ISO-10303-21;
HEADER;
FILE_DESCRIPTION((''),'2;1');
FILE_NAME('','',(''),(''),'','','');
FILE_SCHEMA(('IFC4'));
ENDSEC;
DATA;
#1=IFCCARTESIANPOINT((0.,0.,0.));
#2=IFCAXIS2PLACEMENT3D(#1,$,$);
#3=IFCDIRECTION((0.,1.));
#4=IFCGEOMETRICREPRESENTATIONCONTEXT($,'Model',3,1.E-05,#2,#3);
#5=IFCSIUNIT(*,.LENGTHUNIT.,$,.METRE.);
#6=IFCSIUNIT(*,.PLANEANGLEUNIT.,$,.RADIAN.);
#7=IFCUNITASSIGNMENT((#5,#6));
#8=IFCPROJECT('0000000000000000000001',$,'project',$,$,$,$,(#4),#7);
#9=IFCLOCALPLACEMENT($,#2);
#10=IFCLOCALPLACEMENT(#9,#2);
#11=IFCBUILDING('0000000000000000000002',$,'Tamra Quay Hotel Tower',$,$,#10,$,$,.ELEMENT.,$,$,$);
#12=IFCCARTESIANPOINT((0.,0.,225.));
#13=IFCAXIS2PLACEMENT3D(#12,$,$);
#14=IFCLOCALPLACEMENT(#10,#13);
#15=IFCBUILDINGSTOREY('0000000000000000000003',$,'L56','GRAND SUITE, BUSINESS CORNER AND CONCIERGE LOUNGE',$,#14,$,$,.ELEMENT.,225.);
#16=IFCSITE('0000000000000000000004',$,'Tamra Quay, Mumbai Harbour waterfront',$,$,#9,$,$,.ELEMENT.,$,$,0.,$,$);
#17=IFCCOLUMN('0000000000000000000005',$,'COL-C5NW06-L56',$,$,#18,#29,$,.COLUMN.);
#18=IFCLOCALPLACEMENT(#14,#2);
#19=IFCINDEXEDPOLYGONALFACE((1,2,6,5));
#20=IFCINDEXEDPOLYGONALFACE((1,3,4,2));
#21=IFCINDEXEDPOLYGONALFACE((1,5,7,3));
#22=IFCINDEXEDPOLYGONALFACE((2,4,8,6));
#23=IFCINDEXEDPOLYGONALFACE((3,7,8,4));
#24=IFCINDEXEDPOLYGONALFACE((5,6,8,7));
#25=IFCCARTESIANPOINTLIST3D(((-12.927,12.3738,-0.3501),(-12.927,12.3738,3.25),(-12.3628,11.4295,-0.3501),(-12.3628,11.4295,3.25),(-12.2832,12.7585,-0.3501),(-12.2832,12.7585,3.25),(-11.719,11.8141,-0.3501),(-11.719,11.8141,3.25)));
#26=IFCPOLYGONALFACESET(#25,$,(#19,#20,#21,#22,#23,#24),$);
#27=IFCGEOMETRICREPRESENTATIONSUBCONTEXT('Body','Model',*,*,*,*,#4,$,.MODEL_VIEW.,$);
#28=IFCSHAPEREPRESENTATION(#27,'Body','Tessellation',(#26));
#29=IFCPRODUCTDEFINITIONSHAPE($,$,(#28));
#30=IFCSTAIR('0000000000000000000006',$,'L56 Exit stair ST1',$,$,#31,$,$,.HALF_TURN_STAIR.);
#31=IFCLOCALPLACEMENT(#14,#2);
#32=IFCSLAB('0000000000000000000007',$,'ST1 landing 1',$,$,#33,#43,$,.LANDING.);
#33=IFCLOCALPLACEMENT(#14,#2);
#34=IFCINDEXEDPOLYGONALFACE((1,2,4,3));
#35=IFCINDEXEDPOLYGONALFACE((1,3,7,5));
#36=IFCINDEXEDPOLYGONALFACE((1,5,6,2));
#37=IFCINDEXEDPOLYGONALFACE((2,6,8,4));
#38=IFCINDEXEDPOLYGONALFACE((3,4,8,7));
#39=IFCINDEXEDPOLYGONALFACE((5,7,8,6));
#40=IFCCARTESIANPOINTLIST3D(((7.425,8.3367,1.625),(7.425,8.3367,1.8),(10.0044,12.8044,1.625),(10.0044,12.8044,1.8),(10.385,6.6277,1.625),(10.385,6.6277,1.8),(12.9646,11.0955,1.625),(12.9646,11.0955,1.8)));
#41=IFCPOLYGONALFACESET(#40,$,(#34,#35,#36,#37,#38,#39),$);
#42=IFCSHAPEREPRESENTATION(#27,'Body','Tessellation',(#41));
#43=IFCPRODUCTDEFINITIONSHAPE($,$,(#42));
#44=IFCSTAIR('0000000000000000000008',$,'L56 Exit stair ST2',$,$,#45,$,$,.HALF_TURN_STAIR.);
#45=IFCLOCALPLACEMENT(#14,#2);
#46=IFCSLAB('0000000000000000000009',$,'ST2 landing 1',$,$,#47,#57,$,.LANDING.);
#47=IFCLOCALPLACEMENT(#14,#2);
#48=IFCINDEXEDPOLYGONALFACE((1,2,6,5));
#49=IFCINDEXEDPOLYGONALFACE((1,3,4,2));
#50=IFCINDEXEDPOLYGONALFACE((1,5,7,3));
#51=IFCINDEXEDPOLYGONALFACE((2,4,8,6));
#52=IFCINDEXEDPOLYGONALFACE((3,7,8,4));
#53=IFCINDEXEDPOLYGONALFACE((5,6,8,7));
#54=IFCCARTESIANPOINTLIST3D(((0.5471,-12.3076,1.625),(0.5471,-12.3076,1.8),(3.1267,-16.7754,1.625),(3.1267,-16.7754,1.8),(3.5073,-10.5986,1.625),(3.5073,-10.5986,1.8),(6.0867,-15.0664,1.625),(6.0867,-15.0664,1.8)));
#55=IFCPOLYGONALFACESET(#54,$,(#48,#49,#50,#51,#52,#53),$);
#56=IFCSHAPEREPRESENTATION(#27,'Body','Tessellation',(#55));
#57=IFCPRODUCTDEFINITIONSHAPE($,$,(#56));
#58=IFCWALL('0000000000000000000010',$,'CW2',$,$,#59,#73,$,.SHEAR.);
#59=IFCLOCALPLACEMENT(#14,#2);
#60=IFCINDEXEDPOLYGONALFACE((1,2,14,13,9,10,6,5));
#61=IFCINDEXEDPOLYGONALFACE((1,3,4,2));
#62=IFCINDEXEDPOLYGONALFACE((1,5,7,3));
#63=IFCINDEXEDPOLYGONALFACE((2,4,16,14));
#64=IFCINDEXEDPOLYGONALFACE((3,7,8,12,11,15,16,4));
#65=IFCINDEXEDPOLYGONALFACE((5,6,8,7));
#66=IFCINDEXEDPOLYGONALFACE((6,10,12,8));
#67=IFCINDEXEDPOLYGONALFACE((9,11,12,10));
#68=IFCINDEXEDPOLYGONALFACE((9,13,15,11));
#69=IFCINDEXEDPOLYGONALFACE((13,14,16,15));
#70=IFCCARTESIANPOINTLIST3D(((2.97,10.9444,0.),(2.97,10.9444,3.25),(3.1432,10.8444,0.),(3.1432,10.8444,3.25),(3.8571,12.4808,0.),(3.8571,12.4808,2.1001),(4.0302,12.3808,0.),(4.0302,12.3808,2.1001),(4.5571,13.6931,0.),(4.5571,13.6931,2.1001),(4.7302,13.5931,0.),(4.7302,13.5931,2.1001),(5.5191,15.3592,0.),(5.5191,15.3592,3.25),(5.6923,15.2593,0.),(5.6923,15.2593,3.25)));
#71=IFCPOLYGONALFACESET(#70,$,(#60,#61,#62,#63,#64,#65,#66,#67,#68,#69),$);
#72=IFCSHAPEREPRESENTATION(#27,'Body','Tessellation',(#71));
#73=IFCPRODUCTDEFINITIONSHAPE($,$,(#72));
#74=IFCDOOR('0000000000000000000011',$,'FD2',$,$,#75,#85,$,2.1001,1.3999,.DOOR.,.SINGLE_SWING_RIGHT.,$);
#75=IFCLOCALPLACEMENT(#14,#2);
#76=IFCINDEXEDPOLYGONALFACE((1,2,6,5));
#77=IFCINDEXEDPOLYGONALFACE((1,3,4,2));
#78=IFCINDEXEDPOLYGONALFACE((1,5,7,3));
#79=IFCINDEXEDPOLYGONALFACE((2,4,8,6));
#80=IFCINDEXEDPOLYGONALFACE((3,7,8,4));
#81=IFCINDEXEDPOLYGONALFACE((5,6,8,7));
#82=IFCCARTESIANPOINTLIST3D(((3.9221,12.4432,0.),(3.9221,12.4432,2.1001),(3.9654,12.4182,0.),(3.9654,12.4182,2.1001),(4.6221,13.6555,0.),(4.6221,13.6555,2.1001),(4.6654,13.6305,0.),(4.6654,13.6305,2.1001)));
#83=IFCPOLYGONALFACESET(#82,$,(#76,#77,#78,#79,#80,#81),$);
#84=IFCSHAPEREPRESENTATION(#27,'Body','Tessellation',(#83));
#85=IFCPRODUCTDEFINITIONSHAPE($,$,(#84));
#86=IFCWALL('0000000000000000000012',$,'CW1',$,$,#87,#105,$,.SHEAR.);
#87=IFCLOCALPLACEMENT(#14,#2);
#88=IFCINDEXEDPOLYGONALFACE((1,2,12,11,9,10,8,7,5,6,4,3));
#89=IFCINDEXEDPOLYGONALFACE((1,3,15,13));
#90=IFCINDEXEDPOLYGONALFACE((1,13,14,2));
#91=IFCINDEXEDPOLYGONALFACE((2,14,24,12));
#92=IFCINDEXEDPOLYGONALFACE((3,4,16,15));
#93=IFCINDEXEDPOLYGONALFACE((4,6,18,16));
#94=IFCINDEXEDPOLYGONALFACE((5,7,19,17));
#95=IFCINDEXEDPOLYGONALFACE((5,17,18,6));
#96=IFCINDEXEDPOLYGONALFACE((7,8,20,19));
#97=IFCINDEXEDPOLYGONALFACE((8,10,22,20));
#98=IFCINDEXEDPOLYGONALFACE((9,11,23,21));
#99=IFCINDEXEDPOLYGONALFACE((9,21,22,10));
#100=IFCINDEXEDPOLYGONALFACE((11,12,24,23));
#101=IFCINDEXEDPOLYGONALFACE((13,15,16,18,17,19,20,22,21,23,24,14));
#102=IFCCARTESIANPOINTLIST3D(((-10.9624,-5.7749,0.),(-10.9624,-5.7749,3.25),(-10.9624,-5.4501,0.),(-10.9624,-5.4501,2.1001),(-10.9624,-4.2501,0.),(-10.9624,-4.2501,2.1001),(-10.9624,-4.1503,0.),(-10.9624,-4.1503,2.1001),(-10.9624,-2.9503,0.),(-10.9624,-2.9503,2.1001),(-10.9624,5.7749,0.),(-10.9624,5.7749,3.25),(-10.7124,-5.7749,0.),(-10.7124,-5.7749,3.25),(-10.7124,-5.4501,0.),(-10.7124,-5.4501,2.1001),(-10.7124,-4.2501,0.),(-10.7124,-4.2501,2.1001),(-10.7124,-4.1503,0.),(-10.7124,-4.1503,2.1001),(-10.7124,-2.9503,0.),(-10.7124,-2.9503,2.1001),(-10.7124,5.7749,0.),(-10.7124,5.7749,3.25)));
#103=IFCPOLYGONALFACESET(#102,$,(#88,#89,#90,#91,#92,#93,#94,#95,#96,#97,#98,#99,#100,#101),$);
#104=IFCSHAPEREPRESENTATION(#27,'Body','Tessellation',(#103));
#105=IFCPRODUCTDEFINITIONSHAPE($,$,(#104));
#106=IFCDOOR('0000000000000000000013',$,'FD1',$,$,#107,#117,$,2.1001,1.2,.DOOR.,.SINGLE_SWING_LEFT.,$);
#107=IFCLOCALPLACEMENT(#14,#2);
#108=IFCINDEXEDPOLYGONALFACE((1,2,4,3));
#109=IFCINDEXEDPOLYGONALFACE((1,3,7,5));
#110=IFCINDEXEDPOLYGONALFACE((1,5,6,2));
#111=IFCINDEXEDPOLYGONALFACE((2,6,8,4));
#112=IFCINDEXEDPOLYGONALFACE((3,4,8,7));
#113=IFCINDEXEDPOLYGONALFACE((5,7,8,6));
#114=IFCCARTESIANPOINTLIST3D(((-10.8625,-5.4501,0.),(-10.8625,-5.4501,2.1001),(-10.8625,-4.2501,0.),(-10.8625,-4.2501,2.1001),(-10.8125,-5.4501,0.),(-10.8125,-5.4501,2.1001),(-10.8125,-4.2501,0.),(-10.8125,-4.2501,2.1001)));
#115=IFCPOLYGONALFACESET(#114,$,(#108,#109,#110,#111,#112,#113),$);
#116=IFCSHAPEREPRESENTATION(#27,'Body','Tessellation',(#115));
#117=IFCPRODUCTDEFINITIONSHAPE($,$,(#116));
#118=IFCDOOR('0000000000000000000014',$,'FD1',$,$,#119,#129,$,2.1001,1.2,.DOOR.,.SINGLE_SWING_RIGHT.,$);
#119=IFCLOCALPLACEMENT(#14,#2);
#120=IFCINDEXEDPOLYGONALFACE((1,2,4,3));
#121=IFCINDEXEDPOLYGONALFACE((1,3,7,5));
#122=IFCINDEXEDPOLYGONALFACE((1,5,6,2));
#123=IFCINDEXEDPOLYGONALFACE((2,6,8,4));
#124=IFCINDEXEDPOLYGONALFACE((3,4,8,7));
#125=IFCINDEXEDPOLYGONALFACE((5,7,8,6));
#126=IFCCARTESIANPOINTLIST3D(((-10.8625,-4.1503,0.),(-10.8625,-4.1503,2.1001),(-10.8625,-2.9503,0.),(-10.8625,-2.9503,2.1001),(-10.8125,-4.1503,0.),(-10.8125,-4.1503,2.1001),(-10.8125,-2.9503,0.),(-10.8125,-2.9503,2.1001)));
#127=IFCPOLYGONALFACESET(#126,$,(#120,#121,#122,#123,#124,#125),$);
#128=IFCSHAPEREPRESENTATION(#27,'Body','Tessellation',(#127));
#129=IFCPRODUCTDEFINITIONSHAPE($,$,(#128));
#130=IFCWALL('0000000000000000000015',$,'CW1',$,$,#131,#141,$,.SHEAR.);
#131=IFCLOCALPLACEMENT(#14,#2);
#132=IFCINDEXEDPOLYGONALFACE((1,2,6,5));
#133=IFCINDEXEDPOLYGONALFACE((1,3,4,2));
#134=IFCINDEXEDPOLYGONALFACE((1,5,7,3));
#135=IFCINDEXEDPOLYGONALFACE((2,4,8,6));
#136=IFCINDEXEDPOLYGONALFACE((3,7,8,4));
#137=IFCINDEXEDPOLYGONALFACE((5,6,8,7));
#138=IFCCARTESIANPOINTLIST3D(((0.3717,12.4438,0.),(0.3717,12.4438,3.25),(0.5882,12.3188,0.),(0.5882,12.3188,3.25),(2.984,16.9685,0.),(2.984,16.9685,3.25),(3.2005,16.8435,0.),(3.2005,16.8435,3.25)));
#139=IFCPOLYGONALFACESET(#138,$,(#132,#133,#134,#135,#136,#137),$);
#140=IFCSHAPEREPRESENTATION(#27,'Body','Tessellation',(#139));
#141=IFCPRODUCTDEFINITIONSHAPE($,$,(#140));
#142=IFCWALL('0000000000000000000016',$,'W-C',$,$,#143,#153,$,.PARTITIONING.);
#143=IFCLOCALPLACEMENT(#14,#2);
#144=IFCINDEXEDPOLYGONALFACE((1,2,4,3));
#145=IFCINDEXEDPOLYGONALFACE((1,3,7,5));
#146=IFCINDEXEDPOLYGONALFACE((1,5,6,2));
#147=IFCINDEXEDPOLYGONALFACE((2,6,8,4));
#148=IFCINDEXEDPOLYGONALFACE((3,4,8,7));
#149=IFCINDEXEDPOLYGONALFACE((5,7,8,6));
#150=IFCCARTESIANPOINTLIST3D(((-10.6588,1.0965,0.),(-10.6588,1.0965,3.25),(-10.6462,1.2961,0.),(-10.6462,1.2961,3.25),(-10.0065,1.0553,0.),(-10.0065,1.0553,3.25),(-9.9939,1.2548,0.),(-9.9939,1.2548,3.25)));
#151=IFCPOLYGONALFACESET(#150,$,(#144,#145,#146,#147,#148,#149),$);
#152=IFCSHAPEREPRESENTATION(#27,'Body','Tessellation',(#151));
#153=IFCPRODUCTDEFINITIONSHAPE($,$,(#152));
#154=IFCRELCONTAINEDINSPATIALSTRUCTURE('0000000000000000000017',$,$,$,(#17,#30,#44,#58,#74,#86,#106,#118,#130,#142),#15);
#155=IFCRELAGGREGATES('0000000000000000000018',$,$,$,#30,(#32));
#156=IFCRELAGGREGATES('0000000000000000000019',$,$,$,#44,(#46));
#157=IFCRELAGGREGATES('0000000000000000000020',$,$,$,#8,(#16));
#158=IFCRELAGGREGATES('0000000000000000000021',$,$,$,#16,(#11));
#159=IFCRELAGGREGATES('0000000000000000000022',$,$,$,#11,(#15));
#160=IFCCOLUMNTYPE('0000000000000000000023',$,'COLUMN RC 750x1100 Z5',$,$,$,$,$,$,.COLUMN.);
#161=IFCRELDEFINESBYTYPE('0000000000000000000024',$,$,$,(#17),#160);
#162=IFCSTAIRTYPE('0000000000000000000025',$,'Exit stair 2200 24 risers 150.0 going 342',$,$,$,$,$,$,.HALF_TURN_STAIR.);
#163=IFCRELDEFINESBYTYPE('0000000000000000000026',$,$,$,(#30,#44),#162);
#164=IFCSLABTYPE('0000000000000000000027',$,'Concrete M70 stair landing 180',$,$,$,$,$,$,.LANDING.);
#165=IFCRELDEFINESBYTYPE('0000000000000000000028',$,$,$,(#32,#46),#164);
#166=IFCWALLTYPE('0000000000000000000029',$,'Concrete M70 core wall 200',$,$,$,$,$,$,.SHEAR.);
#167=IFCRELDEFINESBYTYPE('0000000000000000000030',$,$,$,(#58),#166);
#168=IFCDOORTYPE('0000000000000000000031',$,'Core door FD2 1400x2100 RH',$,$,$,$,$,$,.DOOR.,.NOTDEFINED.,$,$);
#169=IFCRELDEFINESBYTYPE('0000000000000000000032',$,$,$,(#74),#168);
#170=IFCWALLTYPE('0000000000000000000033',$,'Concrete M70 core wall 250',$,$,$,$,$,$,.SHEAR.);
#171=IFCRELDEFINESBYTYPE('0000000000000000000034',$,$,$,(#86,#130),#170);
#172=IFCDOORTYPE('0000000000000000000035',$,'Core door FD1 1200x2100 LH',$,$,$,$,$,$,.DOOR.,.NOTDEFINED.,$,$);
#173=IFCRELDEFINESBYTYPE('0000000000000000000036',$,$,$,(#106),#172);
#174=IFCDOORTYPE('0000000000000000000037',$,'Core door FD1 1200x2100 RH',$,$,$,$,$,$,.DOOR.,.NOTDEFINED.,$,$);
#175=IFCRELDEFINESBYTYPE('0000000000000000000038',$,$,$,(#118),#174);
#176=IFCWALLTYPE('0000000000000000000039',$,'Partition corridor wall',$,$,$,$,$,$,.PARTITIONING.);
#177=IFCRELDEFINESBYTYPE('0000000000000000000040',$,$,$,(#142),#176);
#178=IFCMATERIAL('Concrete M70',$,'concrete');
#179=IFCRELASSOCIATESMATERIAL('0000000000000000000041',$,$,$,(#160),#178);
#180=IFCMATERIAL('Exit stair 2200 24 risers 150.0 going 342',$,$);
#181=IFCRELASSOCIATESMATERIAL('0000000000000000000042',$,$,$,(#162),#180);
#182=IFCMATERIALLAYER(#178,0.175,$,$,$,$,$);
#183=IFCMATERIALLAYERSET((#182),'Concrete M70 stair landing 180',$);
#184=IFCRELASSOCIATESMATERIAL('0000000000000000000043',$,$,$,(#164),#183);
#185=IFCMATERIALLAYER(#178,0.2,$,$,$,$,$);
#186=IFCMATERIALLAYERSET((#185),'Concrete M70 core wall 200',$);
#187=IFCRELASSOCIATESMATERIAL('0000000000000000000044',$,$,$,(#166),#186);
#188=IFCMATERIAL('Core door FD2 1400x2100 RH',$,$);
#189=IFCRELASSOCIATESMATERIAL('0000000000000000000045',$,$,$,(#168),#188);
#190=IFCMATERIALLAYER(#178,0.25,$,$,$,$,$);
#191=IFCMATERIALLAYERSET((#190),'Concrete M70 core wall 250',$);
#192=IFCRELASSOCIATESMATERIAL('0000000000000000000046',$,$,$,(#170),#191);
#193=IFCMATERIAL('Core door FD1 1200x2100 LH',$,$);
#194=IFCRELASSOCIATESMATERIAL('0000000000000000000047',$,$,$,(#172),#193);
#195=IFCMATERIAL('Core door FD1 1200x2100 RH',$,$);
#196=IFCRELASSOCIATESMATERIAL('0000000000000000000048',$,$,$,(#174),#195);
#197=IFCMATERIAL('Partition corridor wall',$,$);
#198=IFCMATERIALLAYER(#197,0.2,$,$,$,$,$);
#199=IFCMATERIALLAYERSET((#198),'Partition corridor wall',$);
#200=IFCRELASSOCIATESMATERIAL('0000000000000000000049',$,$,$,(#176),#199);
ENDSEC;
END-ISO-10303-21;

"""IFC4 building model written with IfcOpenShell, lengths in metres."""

from ifc_helpers import new_model, si_unit, direction, frame, frame_2d, origin, origin_2d, place, context, subcontext, project, spatial, polyline, rectangle, outline, extrude, material, layer, layer_set, material_profile, profile_set, type_object, element, fill, aggregate, save


model = new_model("IFC4")

# Units and contexts
model_context = context("Model", 3, precision=1e-05, world=origin(), true_north=direction((0.0, 1.0)))
body_context = subcontext(model_context, "Body", "Model", "MODEL_VIEW")
ifc_project = project(units=[si_unit("LENGTHUNIT", "METRE"), si_unit("PLANEANGLEUNIT", "RADIAN")], contexts=[model_context])

# Site, building, storey
site_placement = place(None, origin())
site = spatial("IfcSite", under=ifc_project, at=site_placement, Name="Tamra Quay, Mumbai Harbour waterfront", CompositionType="ELEMENT", RefElevation=0.0)
building_placement = place(site_placement, origin())
building = spatial("IfcBuilding", under=site, at=building_placement, Name="Tamra Quay Hotel Tower", CompositionType="ELEMENT")
storey_placement = place(building_placement, frame((0.0, 0.0, 225.0)))
storey = spatial("IfcBuildingStorey", under=building, at=storey_placement, Name="L56", Description="GRAND SUITE, BUSINESS CORNER AND CONCIERGE LOUNGE", CompositionType="ELEMENT", Elevation=225.0)

# Column
ifc_material_1 = material(Name="Concrete M70", Category="concrete")
ifc_material_profile = material_profile(ifc_material_1, rectangle(XDim=1.1001, YDim=0.75, at=origin_2d()), Name="COLUMN RC 750x1100 Z5")
ifc_profile_set = profile_set([ifc_material_profile], Name="Concrete M70")
column_type = type_object("IfcColumnType", Name="COLUMN RC 750x1100 Z5", PredefinedType="COLUMN", material=ifc_profile_set)
column_placement = place(storey_placement, frame((-12.323, 12.094, -0.3501), z_axis=(0.0, 0.0, 1.0), x_axis=(-0.512899, 0.858449, 0.0)))
element("IfcColumn", 1, at=column_placement, inside=storey, type_object=column_type, Name="COL-C5NW06-L56", PredefinedType="COLUMN", context=body_context, shape_type="SweptSolid", body=[
    extrude(rectangle(XDim=1.1001, YDim=0.75, at=origin_2d()), origin(), (0.0, 0.0, 1.0), 3.6001),
])

# Stairs, slabs
ifc_material_2 = material(Name="Exit stair 2200 24 risers 150.0 going 342")
stair_type = type_object("IfcStairType", Name="Exit stair 2200 24 risers 150.0 going 342", PredefinedType="HALF_TURN_STAIR", material=ifc_material_2)
stair_1_placement = place(storey_placement, origin())
stair_1 = element("IfcStair", 2, at=stair_1_placement, inside=storey, type_object=stair_type, Name="L56 Exit stair ST1", PredefinedType="HALF_TURN_STAIR")
ifc_layer_1 = layer(ifc_material_1, 0.175)
ifc_layer_set_1 = layer_set([ifc_layer_1], Name="Concrete M70 stair landing 180")
slab_type = type_object("IfcSlabType", Name="Concrete M70 stair landing 180", PredefinedType="LANDING", material=ifc_layer_set_1)
slab_1_placement = place(storey_placement, frame((0.0, 0.0, 1.625)))
slab_1 = element("IfcSlab", 3, at=slab_1_placement, type_object=slab_type, Name="ST1 landing 1", PredefinedType="LANDING", context=body_context, shape_type="SweptSolid", body=[
    extrude(outline(polyline([(7.425, 8.3367), (10.385, 6.6277), (12.9646, 11.0955), (10.0044, 12.8044), (7.425, 8.3367)])), origin(), (0.0, 0.0, 1.0), 0.175),
])
aggregate(stair_1, [slab_1])
stair_2_placement = place(storey_placement, origin())
stair_2 = element("IfcStair", 4, at=stair_2_placement, inside=storey, type_object=stair_type, Name="L56 Exit stair ST2", PredefinedType="HALF_TURN_STAIR")
slab_2_placement = place(storey_placement, frame((0.0, 0.0, 1.625)))
slab_2 = element("IfcSlab", 5, at=slab_2_placement, type_object=slab_type, Name="ST2 landing 1", PredefinedType="LANDING", context=body_context, shape_type="SweptSolid", body=[
    extrude(outline(polyline([(3.5073, -10.5986), (0.5471, -12.3076), (3.1267, -16.7754), (6.0867, -15.0664), (3.5073, -10.5986)])), origin(), (0.0, 0.0, 1.0), 0.175),
])
aggregate(stair_2, [slab_2])

# Wall, opening, door
ifc_layer_2 = layer(ifc_material_1, 0.2)
ifc_layer_set_2 = layer_set([ifc_layer_2], Name="Concrete M70 core wall 200")
wall_type_1 = type_object("IfcWallType", Name="Concrete M70 core wall 200", PredefinedType="SHEAR", material=ifc_layer_set_2)
wall_1_placement = place(storey_placement, frame((3.0566, 10.8945, 0.0), z_axis=(0.0, 0.0, 1.0), x_axis=(0.500028, 0.866009, 0.0)))
wall_1 = element("IfcWall", 6, at=wall_1_placement, inside=storey, type_object=wall_type_1, Name="CW2", PredefinedType="SHEAR", context=body_context, shape_type="SweptSolid", body=[
    extrude(rectangle(XDim=5.0979, YDim=0.2, at=frame_2d((2.5488, 0.0))), origin(), (0.0, 0.0, 1.0), 3.25),
])
opening_1_placement = place(wall_1_placement, frame((1.7739, 0.0, 0.0)))
opening_1 = element("IfcOpeningElement", 7, at=opening_1_placement, cuts=wall_1, PredefinedType="OPENING", context=body_context, shape_type="SweptSolid", body=[
    extrude(rectangle(XDim=1.3999, YDim=2.1001, at=frame_2d((0.7, 1.05))), frame((0.0, 0.1099, 0.0), z_axis=(0.0, -1.0, 0.0), x_axis=(1.0, 0.0, 0.0)), (0.0, 0.0, 1.0), 0.22),
])
ifc_material_3 = material(Name="Core door FD2 1400x2100 RH")
door_type_1 = type_object("IfcDoorType", Name="Core door FD2 1400x2100 RH", OperationType="NOTDEFINED", PredefinedType="DOOR", material=ifc_material_3)
door_1_placement = place(opening_1_placement, origin())
door_1 = element("IfcDoor", 8, at=door_1_placement, inside=storey, type_object=door_type_1, Name="FD2", OperationType="SINGLE_SWING_RIGHT", OverallHeight=2.1001, OverallWidth=1.3999, PredefinedType="DOOR", context=body_context, shape_type="SweptSolid", body=[
    extrude(rectangle(XDim=1.3999, YDim=2.1001, at=frame_2d((0.7, 1.05))), frame((0.0, 0.0249, 0.0), z_axis=(0.0, -1.0, 0.0), x_axis=(1.0, 0.0, 0.0)), (0.0, 0.0, 1.0), 0.05),
])
fill(opening_1, door_1)

# Wall, openings, doors
ifc_layer_3 = layer(ifc_material_1, 0.25)
ifc_layer_set_3 = layer_set([ifc_layer_3], Name="Concrete M70 core wall 250")
wall_type_2 = type_object("IfcWallType", Name="Concrete M70 core wall 250", PredefinedType="SHEAR", material=ifc_layer_set_3)
wall_2_placement = place(storey_placement, frame((-10.8374, 5.7749, 0.0), z_axis=(0.0, 0.0, 1.0), x_axis=(0.0, -1.0, 0.0)))
wall_2 = element("IfcWall", 9, at=wall_2_placement, inside=storey, type_object=wall_type_2, Name="CW1", PredefinedType="SHEAR", context=body_context, shape_type="SweptSolid", body=[
    extrude(rectangle(XDim=11.5498, YDim=0.25, at=frame_2d((5.7749, 0.0))), origin(), (0.0, 0.0, 1.0), 3.25),
])
opening_2_placement = place(wall_2_placement, frame((10.0249, 0.0, 0.0)))
opening_2 = element("IfcOpeningElement", 10, at=opening_2_placement, cuts=wall_2, PredefinedType="OPENING", context=body_context, shape_type="SweptSolid", body=[
    extrude(rectangle(XDim=1.2, YDim=2.1001, at=frame_2d((0.6001, 1.05))), frame((0.0, 0.135, 0.0), z_axis=(0.0, -1.0, 0.0), x_axis=(1.0, 0.0, 0.0)), (0.0, 0.0, 1.0), 0.27),
])
opening_3_placement = place(wall_2_placement, frame((8.7251, 0.0, 0.0)))
opening_3 = element("IfcOpeningElement", 11, at=opening_3_placement, cuts=wall_2, PredefinedType="OPENING", context=body_context, shape_type="SweptSolid", body=[
    extrude(rectangle(XDim=1.2, YDim=2.1001, at=frame_2d((0.6001, 1.05))), frame((0.0, 0.135, 0.0), z_axis=(0.0, -1.0, 0.0), x_axis=(1.0, 0.0, 0.0)), (0.0, 0.0, 1.0), 0.27),
])
ifc_material_4 = material(Name="Core door FD1 1200x2100 LH")
door_type_2 = type_object("IfcDoorType", Name="Core door FD1 1200x2100 LH", OperationType="NOTDEFINED", PredefinedType="DOOR", material=ifc_material_4)
door_2_placement = place(opening_2_placement, origin())
door_2 = element("IfcDoor", 12, at=door_2_placement, inside=storey, type_object=door_type_2, Name="FD1", OperationType="SINGLE_SWING_LEFT", OverallHeight=2.1001, OverallWidth=1.2, PredefinedType="DOOR", context=body_context, shape_type="SweptSolid", body=[
    extrude(rectangle(XDim=1.2, YDim=2.1001, at=frame_2d((0.6001, 1.05))), frame((0.0, 0.0249, 0.0), z_axis=(0.0, -1.0, 0.0), x_axis=(1.0, 0.0, 0.0)), (0.0, 0.0, 1.0), 0.05),
])
fill(opening_2, door_2)
ifc_material_5 = material(Name="Core door FD1 1200x2100 RH")
door_type_3 = type_object("IfcDoorType", Name="Core door FD1 1200x2100 RH", OperationType="NOTDEFINED", PredefinedType="DOOR", material=ifc_material_5)
door_3_placement = place(opening_3_placement, origin())
door_3 = element("IfcDoor", 13, at=door_3_placement, inside=storey, type_object=door_type_3, Name="FD1", OperationType="SINGLE_SWING_RIGHT", OverallHeight=2.1001, OverallWidth=1.2, PredefinedType="DOOR", context=body_context, shape_type="SweptSolid", body=[
    extrude(rectangle(XDim=1.2, YDim=2.1001, at=frame_2d((0.6001, 1.05))), frame((0.0, 0.0249, 0.0), z_axis=(0.0, -1.0, 0.0), x_axis=(1.0, 0.0, 0.0)), (0.0, 0.0, 1.0), 0.05),
])
fill(opening_3, door_3)

# Walls
wall_3_placement = place(storey_placement, frame((0.48, 12.3813, 0.0), z_axis=(0.0, 0.0, 1.0), x_axis=(0.499999, 0.866026, 0.0)))
element("IfcWall", 14, at=wall_3_placement, inside=storey, type_object=wall_type_2, Name="CW1", PredefinedType="SHEAR", context=body_context, shape_type="SweptSolid", body=[
    extrude(rectangle(XDim=5.2246, YDim=0.25, at=frame_2d((2.6123, 0.0))), origin(), (0.0, 0.0, 1.0), 3.25),
])
ifc_material_6 = material(Name="Partition corridor wall")
ifc_layer_4 = layer(ifc_material_6, 0.2)
ifc_layer_set_4 = layer_set([ifc_layer_4], Name="Partition corridor wall")
wall_type_3 = type_object("IfcWallType", Name="Partition corridor wall", PredefinedType="PARTITIONING", material=ifc_layer_set_4)
wall_4_placement = place(storey_placement, frame((-10.6523, 1.1963, 0.0), z_axis=(0.0, 0.0, 1.0), x_axis=(0.998006, -0.063122, 0.0)))
element("IfcWall", 15, at=wall_4_placement, inside=storey, type_object=wall_type_3, Name="W-C", PredefinedType="PARTITIONING", context=body_context, shape_type="SweptSolid", body=[
    extrude(rectangle(XDim=0.6536, YDim=0.2, at=frame_2d((0.3267, 0.0))), origin(), (0.0, 0.0, 1.0), 3.25),
])

save(model, "model.ifc")
